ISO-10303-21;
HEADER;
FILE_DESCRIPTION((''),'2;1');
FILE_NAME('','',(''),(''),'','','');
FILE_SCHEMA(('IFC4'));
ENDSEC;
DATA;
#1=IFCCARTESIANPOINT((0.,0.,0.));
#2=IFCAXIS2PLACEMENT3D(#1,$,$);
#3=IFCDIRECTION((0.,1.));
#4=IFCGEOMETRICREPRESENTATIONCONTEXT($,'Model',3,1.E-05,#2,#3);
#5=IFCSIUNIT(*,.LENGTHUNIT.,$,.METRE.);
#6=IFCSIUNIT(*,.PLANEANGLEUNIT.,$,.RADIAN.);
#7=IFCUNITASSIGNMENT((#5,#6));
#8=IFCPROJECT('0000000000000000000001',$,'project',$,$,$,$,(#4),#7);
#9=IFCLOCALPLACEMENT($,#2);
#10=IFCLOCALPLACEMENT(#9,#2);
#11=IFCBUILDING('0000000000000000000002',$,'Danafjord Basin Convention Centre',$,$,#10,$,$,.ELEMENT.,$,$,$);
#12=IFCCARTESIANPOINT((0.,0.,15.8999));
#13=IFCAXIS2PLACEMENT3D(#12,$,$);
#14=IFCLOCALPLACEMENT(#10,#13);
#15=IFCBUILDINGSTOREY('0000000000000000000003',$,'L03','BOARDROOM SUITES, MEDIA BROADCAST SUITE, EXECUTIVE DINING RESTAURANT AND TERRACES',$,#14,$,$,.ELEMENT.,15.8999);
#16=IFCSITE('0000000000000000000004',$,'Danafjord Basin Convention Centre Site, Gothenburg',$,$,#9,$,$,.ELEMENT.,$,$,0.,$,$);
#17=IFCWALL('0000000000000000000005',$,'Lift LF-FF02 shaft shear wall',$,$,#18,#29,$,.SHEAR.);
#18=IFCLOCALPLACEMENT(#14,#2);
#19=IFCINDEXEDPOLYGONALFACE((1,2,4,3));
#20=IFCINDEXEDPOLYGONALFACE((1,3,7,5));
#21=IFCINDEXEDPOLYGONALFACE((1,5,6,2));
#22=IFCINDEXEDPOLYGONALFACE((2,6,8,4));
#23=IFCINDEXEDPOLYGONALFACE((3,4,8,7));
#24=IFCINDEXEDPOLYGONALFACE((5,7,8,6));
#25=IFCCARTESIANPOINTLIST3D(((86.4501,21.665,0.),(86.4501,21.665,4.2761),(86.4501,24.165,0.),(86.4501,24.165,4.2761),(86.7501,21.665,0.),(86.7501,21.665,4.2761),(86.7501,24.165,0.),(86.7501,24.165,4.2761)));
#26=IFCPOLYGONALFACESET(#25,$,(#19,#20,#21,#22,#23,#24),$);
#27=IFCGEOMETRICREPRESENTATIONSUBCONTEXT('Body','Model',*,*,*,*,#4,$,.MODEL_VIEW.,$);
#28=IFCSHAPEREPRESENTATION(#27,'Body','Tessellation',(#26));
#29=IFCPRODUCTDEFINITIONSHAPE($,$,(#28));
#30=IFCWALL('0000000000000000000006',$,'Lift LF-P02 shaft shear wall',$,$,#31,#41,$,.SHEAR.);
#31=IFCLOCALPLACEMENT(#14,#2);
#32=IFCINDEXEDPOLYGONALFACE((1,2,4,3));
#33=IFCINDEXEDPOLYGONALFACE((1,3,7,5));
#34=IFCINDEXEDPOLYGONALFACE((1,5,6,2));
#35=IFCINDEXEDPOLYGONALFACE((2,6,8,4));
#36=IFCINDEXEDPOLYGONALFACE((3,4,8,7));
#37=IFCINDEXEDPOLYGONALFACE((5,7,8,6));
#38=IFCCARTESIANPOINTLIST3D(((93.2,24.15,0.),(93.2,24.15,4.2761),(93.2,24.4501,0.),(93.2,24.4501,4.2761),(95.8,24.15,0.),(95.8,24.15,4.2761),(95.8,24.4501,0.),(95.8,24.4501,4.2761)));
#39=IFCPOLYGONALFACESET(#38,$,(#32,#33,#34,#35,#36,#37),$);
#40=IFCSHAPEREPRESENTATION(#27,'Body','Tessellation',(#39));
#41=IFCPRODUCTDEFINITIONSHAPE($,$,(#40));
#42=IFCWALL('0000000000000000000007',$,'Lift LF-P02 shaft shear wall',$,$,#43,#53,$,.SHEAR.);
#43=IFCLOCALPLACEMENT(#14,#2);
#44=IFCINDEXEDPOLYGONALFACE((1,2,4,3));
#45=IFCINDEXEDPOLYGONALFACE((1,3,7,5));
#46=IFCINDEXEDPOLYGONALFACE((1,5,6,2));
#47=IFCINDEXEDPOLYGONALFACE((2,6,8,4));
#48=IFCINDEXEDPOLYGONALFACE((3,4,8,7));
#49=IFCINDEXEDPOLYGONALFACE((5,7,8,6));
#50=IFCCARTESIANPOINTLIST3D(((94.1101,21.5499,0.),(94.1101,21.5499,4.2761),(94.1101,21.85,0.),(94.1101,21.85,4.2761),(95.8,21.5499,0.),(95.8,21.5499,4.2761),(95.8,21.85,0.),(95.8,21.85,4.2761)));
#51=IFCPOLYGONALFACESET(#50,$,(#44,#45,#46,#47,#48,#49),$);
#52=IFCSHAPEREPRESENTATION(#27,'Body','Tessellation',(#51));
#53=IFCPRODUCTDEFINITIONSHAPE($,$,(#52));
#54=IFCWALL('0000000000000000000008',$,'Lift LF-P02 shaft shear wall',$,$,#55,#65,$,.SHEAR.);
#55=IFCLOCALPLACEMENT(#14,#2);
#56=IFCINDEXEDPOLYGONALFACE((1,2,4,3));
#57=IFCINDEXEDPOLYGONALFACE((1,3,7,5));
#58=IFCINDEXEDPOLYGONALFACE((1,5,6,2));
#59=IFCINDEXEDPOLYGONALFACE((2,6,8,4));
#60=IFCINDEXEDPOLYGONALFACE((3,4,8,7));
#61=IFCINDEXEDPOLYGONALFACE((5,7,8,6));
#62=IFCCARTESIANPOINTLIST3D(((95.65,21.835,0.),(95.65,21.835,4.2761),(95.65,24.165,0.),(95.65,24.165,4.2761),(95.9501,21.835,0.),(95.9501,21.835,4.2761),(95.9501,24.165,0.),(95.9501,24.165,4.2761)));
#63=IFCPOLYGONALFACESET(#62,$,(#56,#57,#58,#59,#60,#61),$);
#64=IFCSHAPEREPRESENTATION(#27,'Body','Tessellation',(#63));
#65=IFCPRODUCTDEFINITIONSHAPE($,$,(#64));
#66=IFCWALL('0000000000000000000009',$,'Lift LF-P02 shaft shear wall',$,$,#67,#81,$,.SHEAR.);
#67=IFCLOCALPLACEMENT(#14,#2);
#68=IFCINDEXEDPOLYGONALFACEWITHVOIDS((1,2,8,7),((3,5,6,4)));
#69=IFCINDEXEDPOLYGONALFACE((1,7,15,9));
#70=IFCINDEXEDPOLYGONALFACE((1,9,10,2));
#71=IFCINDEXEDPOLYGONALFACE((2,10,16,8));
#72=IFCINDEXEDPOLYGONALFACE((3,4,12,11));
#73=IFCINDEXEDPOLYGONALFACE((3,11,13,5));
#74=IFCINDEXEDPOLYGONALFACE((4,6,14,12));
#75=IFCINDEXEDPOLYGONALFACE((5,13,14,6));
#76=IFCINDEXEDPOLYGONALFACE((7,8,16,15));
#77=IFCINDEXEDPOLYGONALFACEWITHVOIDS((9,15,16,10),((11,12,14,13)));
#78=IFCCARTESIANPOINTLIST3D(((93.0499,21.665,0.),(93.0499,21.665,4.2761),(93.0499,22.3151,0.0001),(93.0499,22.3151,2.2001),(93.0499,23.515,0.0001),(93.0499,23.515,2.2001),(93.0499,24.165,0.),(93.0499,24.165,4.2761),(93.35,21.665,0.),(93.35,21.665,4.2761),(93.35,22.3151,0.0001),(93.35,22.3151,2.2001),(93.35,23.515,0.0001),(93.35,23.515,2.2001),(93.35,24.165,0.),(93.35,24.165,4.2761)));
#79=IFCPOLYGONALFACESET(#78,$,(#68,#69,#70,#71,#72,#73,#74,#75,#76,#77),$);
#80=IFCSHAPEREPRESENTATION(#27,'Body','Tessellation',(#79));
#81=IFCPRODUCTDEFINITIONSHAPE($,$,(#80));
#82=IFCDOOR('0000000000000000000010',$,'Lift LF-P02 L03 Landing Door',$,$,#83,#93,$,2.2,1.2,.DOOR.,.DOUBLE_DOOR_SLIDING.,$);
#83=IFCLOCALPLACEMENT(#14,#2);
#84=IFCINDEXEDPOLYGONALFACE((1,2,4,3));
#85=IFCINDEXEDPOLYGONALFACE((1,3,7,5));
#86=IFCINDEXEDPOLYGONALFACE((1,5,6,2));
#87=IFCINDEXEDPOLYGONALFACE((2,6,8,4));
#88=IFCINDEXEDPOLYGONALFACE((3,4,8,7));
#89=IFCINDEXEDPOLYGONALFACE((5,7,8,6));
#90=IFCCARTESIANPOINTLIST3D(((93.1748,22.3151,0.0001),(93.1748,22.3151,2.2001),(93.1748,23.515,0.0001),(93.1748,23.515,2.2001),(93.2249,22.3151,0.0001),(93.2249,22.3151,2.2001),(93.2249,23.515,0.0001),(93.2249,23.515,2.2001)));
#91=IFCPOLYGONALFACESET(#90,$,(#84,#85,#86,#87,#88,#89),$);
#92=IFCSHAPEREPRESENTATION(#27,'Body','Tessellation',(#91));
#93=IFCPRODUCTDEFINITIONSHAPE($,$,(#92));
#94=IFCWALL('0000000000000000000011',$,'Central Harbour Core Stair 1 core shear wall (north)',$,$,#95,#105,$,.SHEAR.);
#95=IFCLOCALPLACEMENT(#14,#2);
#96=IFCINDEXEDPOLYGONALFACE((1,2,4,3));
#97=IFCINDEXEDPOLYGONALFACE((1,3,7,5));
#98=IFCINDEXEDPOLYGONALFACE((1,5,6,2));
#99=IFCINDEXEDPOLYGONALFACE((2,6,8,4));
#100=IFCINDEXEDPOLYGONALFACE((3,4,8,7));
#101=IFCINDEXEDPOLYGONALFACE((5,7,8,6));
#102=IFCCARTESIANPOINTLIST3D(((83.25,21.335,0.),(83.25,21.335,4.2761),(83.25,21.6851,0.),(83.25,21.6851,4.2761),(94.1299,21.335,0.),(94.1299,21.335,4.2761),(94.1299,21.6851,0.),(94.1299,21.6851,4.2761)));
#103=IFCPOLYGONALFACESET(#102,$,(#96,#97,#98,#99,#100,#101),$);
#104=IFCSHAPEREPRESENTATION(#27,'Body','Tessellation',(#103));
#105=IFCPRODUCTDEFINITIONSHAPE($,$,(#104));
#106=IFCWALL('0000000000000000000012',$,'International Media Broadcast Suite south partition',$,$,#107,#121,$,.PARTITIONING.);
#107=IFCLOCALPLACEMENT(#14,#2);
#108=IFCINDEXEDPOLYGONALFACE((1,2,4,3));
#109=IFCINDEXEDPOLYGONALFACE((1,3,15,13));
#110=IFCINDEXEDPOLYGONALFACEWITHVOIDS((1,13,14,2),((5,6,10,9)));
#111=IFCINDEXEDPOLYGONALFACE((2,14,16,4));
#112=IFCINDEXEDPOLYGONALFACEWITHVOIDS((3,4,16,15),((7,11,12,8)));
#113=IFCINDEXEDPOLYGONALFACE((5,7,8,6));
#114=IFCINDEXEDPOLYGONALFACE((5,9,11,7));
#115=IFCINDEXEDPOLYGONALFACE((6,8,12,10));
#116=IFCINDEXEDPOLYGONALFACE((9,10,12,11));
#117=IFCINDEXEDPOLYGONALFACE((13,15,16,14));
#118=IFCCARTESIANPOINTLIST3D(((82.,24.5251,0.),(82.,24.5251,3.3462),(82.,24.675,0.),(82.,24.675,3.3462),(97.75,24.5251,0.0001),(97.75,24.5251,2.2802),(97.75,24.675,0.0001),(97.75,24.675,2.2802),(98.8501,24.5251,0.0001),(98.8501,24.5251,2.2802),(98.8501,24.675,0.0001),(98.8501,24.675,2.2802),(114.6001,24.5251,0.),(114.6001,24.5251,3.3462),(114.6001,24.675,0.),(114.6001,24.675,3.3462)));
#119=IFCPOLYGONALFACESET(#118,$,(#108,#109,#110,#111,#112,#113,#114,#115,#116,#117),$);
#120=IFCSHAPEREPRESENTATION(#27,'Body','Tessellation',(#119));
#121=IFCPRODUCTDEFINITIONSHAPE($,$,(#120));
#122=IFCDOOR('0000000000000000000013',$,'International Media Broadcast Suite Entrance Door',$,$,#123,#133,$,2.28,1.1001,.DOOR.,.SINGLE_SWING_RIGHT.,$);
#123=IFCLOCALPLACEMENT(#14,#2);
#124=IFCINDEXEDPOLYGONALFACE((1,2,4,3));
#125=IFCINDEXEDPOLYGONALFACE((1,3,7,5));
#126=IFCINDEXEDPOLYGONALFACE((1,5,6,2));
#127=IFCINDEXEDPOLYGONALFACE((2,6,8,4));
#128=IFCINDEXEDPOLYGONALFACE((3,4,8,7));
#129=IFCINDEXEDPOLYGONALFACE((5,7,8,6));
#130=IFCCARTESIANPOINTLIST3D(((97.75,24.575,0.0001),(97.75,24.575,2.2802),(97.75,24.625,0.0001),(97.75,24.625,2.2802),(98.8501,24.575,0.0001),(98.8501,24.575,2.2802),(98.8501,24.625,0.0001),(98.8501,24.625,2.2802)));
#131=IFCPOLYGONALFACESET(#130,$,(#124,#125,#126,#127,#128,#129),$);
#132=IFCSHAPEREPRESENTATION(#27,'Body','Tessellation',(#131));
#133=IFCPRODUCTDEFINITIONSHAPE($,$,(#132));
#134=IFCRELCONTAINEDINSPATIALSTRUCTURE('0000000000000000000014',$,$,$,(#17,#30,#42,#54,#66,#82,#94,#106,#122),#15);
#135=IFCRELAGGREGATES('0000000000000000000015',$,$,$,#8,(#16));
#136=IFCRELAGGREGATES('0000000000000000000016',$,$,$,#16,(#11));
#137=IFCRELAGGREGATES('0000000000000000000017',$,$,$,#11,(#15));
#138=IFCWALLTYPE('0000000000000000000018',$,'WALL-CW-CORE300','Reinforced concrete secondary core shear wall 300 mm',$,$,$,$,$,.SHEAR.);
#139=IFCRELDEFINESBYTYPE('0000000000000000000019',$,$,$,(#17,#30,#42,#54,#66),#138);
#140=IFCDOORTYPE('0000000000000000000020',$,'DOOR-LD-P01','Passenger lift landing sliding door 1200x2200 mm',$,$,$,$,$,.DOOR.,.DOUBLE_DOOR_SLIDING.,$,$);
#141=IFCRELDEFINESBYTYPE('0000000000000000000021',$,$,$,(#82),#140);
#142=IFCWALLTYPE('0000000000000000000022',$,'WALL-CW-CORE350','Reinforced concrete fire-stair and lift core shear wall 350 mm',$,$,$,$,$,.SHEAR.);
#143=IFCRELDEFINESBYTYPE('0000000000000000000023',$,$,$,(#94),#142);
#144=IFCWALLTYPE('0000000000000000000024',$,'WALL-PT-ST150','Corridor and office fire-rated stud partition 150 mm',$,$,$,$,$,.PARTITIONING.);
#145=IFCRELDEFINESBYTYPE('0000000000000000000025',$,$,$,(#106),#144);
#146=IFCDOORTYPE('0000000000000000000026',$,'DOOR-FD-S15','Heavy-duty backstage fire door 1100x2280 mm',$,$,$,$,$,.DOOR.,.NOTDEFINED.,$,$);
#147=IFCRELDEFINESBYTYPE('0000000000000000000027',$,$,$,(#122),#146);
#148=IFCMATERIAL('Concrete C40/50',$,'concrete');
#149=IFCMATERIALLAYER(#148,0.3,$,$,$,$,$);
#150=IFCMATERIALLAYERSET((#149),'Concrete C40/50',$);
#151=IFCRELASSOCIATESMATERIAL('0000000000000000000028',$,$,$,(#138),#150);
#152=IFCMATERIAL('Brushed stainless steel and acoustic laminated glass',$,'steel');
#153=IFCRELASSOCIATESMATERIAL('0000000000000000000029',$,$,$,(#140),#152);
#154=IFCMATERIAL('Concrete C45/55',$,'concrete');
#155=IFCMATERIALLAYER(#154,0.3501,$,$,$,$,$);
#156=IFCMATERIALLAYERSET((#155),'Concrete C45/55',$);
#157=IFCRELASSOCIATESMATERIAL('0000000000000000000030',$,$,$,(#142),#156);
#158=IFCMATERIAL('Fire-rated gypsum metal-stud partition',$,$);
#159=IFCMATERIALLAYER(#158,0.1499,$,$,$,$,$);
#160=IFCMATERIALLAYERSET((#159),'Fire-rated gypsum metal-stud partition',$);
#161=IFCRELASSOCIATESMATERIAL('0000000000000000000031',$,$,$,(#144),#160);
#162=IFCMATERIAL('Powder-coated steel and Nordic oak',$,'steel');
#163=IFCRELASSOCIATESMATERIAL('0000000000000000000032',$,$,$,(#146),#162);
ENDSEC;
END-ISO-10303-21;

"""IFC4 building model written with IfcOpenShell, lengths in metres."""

from ifc_helpers import new_model, si_unit, direction, frame, frame_2d, origin, place, context, subcontext, project, spatial, rectangle, extrude, material, layer, layer_set, type_object, element, fill, save


model = new_model("IFC4")

# Units and contexts
model_context = context("Model", 3, precision=1e-05, world=origin(), true_north=direction((0.0, 1.0)))
body_context = subcontext(model_context, "Body", "Model", "MODEL_VIEW")
ifc_project = project(units=[si_unit("LENGTHUNIT", "METRE"), si_unit("PLANEANGLEUNIT", "RADIAN")], contexts=[model_context])

# Site, building, storey
site_placement = place(None, origin())
site = spatial("IfcSite", under=ifc_project, at=site_placement, Name="Danafjord Basin Convention Centre Site, Gothenburg", CompositionType="ELEMENT", RefElevation=0.0)
building_placement = place(site_placement, origin())
building = spatial("IfcBuilding", under=site, at=building_placement, Name="Danafjord Basin Convention Centre", CompositionType="ELEMENT")
storey_placement = place(building_placement, frame((0.0, 0.0, 15.8999)))
storey = spatial("IfcBuildingStorey", under=building, at=storey_placement, Name="L03", Description="BOARDROOM SUITES, MEDIA BROADCAST SUITE, EXECUTIVE DINING RESTAURANT AND TERRACES", CompositionType="ELEMENT", Elevation=15.8999)

# Shared definitions
ifc_material_1 = material(Name="Concrete C40/50", Category="concrete")
ifc_layer_1 = layer(ifc_material_1, 0.3)
ifc_layer_set_1 = layer_set([ifc_layer_1], Name="Concrete C40/50")
wall_type_1 = type_object("IfcWallType", Name="WALL-CW-CORE300", Description="Reinforced concrete secondary core shear wall 300 mm", PredefinedType="SHEAR", material=ifc_layer_set_1)

# Shared definitions
ifc_material_2 = material(Name="Brushed stainless steel and acoustic laminated glass", Category="steel")

# Walls
wall_1_placement = place(storey_placement, frame((86.6001, 24.165, 0.0), z_axis=(0.0, 0.0, 1.0), x_axis=(0.0, -1.0, 0.0)))
element("IfcWall", 1, at=wall_1_placement, inside=storey, type_object=wall_type_1, Name="Lift LF-FF02 shaft shear wall", PredefinedType="SHEAR", context=body_context, shape_type="SweptSolid", body=[
    extrude(rectangle(XDim=2.5, YDim=0.3, at=frame_2d((1.25, 0.0))), origin(), (0.0, 0.0, 1.0), 4.2761),
])
wall_2_placement = place(storey_placement, frame((95.8, 24.3, 0.0), z_axis=(0.0, 0.0, 1.0), x_axis=(-1.0, 0.0, 0.0)))
element("IfcWall", 2, at=wall_2_placement, inside=storey, type_object=wall_type_1, Name="Lift LF-P02 shaft shear wall", PredefinedType="SHEAR", context=body_context, shape_type="SweptSolid", body=[
    extrude(rectangle(XDim=2.6001, YDim=0.3, at=frame_2d((1.3, 0.0))), origin(), (0.0, 0.0, 1.0), 4.2761),
])
wall_3_placement = place(storey_placement, frame((94.1101, 21.7, 0.0), z_axis=(0.0, 0.0, 1.0), x_axis=(1.0, 0.0, 0.0)))
element("IfcWall", 3, at=wall_3_placement, inside=storey, type_object=wall_type_1, Name="Lift LF-P02 shaft shear wall", PredefinedType="SHEAR", context=body_context, shape_type="SweptSolid", body=[
    extrude(rectangle(XDim=1.6899, YDim=0.3, at=frame_2d((0.845, 0.0))), origin(), (0.0, 0.0, 1.0), 4.2761),
])
wall_4_placement = place(storey_placement, frame((95.8, 21.835, 0.0), z_axis=(0.0, 0.0, 1.0), x_axis=(0.0, 1.0, 0.0)))
element("IfcWall", 4, at=wall_4_placement, inside=storey, type_object=wall_type_1, Name="Lift LF-P02 shaft shear wall", PredefinedType="SHEAR", context=body_context, shape_type="SweptSolid", body=[
    extrude(rectangle(XDim=2.3301, YDim=0.3, at=frame_2d((1.165, 0.0))), origin(), (0.0, 0.0, 1.0), 4.2761),
])

# Wall, opening, door
wall_5_placement = place(storey_placement, frame((93.2, 24.165, 0.0), z_axis=(0.0, 0.0, 1.0), x_axis=(0.0, -1.0, 0.0)))
wall_5 = element("IfcWall", 5, at=wall_5_placement, inside=storey, type_object=wall_type_1, Name="Lift LF-P02 shaft shear wall", PredefinedType="SHEAR", context=body_context, shape_type="SweptSolid", body=[
    extrude(rectangle(XDim=2.5, YDim=0.3, at=frame_2d((1.25, 0.0))), origin(), (0.0, 0.0, 1.0), 4.2761),
])
opening_1_placement = place(wall_5_placement, frame((0.6499, 0.0, 0.0)))
opening_1 = element("IfcOpeningElement", 6, at=opening_1_placement, cuts=wall_5, PredefinedType="OPENING", context=body_context, shape_type="SweptSolid", body=[
    extrude(rectangle(XDim=1.2, YDim=2.2, at=frame_2d((0.6001, 1.1001))), frame((0.0, 0.1599, 0.0), z_axis=(0.0, -1.0, 0.0), x_axis=(1.0, 0.0, 0.0)), (0.0, 0.0, 1.0), 0.3201),
])
door_type_1 = type_object("IfcDoorType", Name="DOOR-LD-P01", Description="Passenger lift landing sliding door 1200x2200 mm", OperationType="DOUBLE_DOOR_SLIDING", PredefinedType="DOOR", material=ifc_material_2)
door_1_placement = place(opening_1_placement, origin())
door_1 = element("IfcDoor", 7, at=door_1_placement, inside=storey, type_object=door_type_1, Name="Lift LF-P02 L03 Landing Door", OperationType="DOUBLE_DOOR_SLIDING", OverallHeight=2.2, OverallWidth=1.2, PredefinedType="DOOR", context=body_context, shape_type="SweptSolid", body=[
    extrude(rectangle(XDim=1.2, YDim=2.2, at=frame_2d((0.6001, 1.1001))), frame((0.0, 0.0249, 0.0), z_axis=(0.0, -1.0, 0.0), x_axis=(1.0, 0.0, 0.0)), (0.0, 0.0, 1.0), 0.05),
])
fill(opening_1, door_1)

# Wall
ifc_material_3 = material(Name="Concrete C45/55", Category="concrete")
ifc_layer_2 = layer(ifc_material_3, 0.3501)
ifc_layer_set_2 = layer_set([ifc_layer_2], Name="Concrete C45/55")
wall_type_2 = type_object("IfcWallType", Name="WALL-CW-CORE350", Description="Reinforced concrete fire-stair and lift core shear wall 350 mm", PredefinedType="SHEAR", material=ifc_layer_set_2)
wall_6_placement = place(storey_placement, frame((94.1299, 21.51, 0.0), z_axis=(0.0, 0.0, 1.0), x_axis=(-1.0, 0.0, 0.0)))
element("IfcWall", 8, at=wall_6_placement, inside=storey, type_object=wall_type_2, Name="Central Harbour Core Stair 1 core shear wall (north)", PredefinedType="SHEAR", context=body_context, shape_type="SweptSolid", body=[
    extrude(rectangle(XDim=10.8799, YDim=0.3501, at=frame_2d((5.4399, 0.0))), origin(), (0.0, 0.0, 1.0), 4.2761),
])

# Wall, opening, door
ifc_material_4 = material(Name="Fire-rated gypsum metal-stud partition")
ifc_layer_3 = layer(ifc_material_4, 0.1499)
ifc_layer_set_3 = layer_set([ifc_layer_3], Name="Fire-rated gypsum metal-stud partition")
wall_type_3 = type_object("IfcWallType", Name="WALL-PT-ST150", Description="Corridor and office fire-rated stud partition 150 mm", PredefinedType="PARTITIONING", material=ifc_layer_set_3)
wall_7_placement = place(storey_placement, frame((82.0, 24.6001, 0.0), z_axis=(0.0, 0.0, 1.0), x_axis=(1.0, 0.0, 0.0)))
wall_7 = element("IfcWall", 9, at=wall_7_placement, inside=storey, type_object=wall_type_3, Name="International Media Broadcast Suite south partition", PredefinedType="PARTITIONING", context=body_context, shape_type="SweptSolid", body=[
    extrude(rectangle(XDim=32.6001, YDim=0.1499, at=frame_2d((16.3, 0.0))), origin(), (0.0, 0.0, 1.0), 3.3462),
])
opening_2_placement = place(wall_7_placement, frame((15.75, 0.0, 0.0)))
opening_2 = element("IfcOpeningElement", 10, at=opening_2_placement, cuts=wall_7, PredefinedType="OPENING", context=body_context, shape_type="SweptSolid", body=[
    extrude(rectangle(XDim=1.1001, YDim=2.28, at=frame_2d((0.55, 1.1401))), frame((0.0, 0.085, 0.0), z_axis=(0.0, -1.0, 0.0), x_axis=(1.0, 0.0, 0.0)), (0.0, 0.0, 1.0), 0.1699),
])
ifc_material_5 = material(Name="Powder-coated steel and Nordic oak", Category="steel")
door_type_2 = type_object("IfcDoorType", Name="DOOR-FD-S15", Description="Heavy-duty backstage fire door 1100x2280 mm", OperationType="NOTDEFINED", PredefinedType="DOOR", material=ifc_material_5)
door_2_placement = place(opening_2_placement, origin())
door_2 = element("IfcDoor", 11, at=door_2_placement, inside=storey, type_object=door_type_2, Name="International Media Broadcast Suite Entrance Door", OperationType="SINGLE_SWING_RIGHT", OverallHeight=2.28, OverallWidth=1.1001, PredefinedType="DOOR", context=body_context, shape_type="SweptSolid", body=[
    extrude(rectangle(XDim=1.1001, YDim=2.28, at=frame_2d((0.55, 1.1401))), frame((0.0, 0.0249, 0.0), z_axis=(0.0, -1.0, 0.0), x_axis=(1.0, 0.0, 0.0)), (0.0, 0.0, 1.0), 0.05),
])
fill(opening_2, door_2)

save(model, "model.ifc")
